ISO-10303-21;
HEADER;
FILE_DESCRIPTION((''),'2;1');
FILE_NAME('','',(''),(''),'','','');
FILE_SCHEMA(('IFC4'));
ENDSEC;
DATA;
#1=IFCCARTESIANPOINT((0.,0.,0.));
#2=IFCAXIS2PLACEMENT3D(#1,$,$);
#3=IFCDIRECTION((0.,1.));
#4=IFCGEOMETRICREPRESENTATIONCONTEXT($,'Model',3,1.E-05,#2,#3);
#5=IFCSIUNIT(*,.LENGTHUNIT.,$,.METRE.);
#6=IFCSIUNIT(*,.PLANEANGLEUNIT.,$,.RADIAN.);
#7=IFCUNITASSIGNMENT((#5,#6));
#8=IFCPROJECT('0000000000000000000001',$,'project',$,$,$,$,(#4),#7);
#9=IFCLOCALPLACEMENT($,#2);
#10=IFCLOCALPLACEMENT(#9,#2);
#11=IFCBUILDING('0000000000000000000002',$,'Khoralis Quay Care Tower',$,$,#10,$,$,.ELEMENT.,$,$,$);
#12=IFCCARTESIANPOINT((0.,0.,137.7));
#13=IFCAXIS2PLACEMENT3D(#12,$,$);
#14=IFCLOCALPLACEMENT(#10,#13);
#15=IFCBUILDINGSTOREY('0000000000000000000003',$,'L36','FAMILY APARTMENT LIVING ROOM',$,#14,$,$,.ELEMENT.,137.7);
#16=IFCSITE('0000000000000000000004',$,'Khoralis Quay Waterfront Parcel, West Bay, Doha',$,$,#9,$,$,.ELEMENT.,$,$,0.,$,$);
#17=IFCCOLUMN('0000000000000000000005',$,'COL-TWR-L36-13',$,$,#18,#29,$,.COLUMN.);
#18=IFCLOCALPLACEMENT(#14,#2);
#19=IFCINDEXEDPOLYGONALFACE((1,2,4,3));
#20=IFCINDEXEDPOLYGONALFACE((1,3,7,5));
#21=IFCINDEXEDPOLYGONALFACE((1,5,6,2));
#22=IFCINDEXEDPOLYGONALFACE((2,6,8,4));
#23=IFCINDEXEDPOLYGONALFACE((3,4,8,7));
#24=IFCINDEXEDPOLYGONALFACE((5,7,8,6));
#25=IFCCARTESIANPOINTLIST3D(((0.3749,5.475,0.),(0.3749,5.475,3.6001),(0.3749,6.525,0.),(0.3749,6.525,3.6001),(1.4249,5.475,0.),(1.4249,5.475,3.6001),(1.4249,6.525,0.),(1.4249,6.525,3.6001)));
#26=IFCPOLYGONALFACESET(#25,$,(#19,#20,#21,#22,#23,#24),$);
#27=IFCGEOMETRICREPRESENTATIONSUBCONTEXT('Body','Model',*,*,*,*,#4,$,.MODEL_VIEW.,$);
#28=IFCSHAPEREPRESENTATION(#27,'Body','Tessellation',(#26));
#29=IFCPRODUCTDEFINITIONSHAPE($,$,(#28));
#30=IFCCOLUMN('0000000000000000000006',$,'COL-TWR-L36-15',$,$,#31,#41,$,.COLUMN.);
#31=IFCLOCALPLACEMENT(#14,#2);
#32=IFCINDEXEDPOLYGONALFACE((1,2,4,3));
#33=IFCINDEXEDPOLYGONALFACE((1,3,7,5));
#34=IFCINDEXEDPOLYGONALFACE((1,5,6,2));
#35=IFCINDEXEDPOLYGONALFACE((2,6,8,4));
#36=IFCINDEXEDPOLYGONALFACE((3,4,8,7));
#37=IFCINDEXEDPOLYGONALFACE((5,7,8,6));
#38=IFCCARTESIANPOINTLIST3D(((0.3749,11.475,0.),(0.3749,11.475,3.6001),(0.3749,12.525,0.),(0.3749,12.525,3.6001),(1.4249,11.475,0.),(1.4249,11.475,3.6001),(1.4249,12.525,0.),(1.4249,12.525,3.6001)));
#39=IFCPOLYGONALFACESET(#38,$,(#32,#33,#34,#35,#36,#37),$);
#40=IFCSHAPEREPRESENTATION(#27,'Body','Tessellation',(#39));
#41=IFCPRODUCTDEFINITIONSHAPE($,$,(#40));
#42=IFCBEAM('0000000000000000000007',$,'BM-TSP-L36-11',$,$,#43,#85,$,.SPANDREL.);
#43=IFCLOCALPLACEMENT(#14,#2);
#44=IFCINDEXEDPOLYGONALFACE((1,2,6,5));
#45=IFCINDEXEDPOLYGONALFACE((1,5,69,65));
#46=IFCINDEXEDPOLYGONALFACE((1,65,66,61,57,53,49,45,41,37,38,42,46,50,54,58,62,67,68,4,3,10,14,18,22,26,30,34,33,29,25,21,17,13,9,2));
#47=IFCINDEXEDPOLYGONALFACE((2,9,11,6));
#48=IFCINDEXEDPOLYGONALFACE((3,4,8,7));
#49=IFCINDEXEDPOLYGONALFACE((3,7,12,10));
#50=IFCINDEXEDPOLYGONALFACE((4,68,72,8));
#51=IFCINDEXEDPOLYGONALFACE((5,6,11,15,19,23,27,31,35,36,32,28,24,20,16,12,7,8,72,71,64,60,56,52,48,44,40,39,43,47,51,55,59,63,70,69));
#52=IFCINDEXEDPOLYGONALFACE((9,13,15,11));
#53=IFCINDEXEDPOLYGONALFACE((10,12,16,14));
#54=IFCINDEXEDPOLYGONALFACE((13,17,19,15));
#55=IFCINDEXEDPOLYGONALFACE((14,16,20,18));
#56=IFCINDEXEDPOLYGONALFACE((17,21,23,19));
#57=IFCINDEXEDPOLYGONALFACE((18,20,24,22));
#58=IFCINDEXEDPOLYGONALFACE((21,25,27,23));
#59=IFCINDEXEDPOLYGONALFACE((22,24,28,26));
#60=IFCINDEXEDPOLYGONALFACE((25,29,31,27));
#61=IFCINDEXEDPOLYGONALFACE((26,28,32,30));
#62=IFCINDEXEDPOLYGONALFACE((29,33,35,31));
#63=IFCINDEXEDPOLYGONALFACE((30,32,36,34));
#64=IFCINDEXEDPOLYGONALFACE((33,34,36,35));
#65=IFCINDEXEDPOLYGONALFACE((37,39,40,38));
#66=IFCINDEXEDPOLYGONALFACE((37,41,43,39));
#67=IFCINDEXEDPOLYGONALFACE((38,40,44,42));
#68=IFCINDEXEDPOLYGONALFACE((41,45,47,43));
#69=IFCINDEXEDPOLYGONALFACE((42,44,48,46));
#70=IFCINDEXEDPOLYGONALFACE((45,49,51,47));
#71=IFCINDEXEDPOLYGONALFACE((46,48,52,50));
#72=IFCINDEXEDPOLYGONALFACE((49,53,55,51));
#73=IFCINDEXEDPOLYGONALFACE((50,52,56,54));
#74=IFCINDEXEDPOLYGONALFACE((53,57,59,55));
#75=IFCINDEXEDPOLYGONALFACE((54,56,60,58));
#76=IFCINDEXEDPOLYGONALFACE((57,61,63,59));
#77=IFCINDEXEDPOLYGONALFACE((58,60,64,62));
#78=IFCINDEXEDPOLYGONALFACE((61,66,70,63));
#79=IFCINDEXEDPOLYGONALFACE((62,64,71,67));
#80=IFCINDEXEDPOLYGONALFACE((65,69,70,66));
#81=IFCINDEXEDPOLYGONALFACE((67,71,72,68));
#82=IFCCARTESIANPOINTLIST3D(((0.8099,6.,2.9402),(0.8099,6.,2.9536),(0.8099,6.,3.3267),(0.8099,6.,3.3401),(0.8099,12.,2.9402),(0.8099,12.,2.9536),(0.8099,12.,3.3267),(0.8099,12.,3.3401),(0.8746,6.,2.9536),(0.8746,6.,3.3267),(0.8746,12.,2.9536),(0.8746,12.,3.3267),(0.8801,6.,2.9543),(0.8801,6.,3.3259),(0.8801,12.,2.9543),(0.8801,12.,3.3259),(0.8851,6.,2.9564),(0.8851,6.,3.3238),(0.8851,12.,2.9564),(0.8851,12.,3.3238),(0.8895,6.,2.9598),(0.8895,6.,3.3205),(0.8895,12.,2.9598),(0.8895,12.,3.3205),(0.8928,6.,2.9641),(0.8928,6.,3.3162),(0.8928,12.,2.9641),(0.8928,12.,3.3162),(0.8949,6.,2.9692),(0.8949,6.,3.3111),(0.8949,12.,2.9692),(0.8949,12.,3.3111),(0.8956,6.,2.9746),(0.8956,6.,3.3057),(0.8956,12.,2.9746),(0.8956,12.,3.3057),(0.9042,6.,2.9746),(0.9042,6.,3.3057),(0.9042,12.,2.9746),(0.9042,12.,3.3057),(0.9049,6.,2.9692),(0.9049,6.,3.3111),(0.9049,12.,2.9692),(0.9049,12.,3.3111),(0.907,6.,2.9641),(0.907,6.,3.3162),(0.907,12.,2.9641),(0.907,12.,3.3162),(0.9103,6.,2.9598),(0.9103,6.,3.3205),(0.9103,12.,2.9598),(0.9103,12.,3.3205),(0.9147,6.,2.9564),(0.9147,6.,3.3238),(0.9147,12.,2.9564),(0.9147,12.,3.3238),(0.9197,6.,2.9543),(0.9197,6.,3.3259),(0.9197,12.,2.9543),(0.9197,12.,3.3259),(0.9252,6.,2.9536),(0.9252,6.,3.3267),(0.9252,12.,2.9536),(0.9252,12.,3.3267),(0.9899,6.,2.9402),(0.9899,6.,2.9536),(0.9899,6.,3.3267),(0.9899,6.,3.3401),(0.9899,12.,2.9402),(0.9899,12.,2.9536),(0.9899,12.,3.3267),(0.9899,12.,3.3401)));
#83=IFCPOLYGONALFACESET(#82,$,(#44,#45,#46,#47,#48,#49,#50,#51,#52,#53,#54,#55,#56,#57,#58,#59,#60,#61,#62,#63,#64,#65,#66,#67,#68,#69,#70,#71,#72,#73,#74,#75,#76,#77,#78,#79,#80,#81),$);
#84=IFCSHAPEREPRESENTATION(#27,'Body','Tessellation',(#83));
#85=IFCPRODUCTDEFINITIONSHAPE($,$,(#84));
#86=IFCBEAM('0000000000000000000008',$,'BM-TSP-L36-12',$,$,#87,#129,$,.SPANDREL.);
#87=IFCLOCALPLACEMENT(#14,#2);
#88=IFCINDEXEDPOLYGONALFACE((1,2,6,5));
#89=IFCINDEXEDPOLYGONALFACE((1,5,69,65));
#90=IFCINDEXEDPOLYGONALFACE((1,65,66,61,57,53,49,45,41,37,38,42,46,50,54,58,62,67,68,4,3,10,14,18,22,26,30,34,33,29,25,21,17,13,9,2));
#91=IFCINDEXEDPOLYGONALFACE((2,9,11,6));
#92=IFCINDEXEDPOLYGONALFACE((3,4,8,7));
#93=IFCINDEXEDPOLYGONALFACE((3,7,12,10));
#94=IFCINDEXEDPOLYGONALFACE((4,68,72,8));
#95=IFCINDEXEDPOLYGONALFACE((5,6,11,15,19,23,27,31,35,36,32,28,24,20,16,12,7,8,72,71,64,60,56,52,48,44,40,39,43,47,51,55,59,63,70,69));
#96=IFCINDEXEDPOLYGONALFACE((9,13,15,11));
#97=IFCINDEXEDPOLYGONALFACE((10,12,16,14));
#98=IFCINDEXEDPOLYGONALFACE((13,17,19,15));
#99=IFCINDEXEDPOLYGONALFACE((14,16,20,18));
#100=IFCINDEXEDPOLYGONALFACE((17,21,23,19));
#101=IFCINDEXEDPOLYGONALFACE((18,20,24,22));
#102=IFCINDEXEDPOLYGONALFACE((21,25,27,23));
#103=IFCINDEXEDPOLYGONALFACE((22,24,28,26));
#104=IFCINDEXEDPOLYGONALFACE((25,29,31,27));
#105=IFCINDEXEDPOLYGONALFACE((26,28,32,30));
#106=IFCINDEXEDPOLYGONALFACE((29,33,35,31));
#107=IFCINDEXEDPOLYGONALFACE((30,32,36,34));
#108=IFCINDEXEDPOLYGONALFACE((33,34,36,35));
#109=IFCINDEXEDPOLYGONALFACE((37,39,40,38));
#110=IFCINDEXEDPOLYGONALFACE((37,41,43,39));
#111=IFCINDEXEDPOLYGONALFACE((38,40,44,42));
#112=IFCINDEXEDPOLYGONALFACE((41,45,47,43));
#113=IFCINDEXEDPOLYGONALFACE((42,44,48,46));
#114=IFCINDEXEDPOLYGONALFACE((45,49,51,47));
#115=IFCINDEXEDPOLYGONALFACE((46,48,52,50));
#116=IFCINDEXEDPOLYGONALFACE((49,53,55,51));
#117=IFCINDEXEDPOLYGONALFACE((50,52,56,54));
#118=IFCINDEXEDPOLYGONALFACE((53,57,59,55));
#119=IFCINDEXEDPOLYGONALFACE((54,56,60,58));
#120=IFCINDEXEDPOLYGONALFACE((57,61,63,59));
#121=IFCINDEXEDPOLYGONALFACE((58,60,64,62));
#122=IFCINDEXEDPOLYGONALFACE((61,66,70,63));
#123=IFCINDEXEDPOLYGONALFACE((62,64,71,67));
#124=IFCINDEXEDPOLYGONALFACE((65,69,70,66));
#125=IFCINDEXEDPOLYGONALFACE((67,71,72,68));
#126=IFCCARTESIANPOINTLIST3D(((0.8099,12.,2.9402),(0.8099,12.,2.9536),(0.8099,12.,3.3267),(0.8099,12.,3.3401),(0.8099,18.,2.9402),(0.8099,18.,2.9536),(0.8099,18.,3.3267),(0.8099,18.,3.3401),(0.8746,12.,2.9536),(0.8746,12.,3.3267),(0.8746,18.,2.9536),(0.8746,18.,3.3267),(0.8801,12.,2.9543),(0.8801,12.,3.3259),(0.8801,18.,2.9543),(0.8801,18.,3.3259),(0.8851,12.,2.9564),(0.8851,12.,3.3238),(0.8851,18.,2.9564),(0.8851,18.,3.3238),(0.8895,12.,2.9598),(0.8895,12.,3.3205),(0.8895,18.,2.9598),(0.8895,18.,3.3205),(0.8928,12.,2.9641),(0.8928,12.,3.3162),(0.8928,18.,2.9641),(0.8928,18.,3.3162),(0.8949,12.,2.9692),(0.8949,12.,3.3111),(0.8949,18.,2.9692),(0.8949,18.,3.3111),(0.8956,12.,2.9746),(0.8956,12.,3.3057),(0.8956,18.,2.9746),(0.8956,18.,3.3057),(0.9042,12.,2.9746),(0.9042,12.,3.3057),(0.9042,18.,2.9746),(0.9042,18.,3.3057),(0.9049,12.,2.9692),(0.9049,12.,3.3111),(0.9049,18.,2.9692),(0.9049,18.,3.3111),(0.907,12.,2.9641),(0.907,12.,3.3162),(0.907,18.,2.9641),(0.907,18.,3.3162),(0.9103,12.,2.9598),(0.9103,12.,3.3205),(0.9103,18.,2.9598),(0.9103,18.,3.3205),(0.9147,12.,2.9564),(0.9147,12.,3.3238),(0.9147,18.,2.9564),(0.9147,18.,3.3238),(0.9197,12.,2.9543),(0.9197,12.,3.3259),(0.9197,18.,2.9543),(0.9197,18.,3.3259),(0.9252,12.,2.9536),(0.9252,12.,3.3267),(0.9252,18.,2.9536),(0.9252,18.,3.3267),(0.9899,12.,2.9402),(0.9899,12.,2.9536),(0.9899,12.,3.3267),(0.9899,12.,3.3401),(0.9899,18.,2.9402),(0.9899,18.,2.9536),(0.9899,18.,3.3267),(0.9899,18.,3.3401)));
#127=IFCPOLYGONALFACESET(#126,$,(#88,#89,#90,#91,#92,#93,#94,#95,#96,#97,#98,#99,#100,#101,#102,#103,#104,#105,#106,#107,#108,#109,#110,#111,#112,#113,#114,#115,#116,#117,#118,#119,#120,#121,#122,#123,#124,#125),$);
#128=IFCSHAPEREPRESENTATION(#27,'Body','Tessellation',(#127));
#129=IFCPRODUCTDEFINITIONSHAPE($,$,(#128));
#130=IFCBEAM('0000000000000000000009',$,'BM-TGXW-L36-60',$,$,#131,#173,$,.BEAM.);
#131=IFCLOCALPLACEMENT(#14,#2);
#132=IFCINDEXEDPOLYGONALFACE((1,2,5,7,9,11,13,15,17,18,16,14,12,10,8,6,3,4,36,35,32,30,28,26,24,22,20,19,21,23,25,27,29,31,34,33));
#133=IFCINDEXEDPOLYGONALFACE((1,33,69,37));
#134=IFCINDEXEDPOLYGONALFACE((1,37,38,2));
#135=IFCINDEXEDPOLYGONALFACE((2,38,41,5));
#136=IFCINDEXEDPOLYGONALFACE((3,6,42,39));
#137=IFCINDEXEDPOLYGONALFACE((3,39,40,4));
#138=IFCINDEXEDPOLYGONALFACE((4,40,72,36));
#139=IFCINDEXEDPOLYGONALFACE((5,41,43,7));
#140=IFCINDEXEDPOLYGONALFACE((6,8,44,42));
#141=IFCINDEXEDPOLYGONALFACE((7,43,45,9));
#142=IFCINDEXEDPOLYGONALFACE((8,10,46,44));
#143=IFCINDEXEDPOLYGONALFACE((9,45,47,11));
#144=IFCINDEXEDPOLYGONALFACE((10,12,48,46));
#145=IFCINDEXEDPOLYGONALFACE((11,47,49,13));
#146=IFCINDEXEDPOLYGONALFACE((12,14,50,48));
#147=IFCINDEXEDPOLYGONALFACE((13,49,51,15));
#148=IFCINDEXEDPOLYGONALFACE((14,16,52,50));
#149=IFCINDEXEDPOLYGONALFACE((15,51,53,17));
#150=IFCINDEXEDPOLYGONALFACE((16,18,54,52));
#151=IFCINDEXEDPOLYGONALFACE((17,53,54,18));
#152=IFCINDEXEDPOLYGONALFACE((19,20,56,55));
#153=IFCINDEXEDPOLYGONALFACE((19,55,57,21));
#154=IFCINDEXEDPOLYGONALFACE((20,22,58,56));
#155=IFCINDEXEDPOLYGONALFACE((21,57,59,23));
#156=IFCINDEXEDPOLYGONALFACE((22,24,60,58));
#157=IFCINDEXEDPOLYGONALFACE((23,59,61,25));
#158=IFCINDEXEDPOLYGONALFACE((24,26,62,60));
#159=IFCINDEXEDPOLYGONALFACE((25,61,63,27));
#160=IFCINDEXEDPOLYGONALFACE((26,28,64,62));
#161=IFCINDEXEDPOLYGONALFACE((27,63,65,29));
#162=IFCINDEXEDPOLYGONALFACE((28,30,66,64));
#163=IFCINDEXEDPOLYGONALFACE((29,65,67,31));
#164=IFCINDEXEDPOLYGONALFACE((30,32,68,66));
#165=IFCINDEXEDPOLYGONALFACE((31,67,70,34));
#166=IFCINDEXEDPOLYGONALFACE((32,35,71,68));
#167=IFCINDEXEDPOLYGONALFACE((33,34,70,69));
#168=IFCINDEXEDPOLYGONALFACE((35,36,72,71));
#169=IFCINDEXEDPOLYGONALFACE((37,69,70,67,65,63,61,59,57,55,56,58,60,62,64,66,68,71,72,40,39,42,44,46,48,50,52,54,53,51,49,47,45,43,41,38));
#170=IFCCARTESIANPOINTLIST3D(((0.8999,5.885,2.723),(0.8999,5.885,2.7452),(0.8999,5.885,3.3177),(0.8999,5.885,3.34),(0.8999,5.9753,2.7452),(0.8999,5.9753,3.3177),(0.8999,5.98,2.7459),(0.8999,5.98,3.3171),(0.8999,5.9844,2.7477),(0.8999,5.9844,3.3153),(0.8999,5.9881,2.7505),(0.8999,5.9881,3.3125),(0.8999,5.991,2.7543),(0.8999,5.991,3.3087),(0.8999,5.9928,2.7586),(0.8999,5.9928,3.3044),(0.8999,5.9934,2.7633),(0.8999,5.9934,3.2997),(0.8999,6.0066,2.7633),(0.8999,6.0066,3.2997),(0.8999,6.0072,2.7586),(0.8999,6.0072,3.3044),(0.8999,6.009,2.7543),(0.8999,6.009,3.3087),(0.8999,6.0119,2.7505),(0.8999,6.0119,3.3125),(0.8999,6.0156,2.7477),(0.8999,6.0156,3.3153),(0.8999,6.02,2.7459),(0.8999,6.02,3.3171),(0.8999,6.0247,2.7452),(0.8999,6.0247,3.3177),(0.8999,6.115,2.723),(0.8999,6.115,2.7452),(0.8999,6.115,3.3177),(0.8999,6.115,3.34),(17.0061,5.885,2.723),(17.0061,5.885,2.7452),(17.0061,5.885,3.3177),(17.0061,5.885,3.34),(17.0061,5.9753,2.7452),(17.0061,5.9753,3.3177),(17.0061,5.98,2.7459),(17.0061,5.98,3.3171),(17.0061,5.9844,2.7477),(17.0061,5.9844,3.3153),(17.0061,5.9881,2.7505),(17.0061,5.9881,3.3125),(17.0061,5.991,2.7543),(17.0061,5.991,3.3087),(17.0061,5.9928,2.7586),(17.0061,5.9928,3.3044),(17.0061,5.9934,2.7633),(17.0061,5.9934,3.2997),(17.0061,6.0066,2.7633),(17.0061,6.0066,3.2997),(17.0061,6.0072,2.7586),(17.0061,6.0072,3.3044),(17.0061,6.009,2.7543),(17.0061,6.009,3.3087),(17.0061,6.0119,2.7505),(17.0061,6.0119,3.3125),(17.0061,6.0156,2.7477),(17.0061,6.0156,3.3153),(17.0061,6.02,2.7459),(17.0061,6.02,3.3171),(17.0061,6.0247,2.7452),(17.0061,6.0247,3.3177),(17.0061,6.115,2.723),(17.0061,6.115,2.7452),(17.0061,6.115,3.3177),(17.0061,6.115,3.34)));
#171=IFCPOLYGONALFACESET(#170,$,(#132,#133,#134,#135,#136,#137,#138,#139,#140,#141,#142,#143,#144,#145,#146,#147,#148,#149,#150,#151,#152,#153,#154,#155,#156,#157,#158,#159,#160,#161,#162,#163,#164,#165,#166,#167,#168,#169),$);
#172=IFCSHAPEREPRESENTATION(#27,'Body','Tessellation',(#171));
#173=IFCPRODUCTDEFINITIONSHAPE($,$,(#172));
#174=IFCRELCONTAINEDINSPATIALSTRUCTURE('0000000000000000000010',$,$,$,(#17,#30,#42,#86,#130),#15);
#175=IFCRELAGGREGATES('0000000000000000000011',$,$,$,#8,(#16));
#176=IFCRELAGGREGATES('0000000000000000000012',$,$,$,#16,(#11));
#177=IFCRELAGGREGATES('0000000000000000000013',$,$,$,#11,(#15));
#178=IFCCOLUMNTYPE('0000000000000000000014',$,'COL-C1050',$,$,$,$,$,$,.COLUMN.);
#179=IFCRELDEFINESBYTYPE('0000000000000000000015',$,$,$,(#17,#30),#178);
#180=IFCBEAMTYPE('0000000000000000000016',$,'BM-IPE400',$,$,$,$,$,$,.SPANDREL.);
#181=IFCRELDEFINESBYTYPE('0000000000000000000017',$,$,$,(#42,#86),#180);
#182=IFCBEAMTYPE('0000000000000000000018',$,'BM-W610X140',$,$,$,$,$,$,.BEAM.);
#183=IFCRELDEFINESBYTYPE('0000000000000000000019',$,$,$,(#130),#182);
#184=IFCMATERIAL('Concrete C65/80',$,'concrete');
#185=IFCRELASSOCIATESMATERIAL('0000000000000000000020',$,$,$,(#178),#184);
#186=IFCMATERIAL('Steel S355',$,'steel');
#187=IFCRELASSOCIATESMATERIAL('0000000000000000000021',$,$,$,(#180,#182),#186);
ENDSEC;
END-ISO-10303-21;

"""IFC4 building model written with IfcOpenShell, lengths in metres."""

from ifc_helpers import new_model, si_unit, direction, frame, origin, origin_2d, place, context, subcontext, project, spatial, rectangle, i_section, extrude, source, transform, mapped, material, material_profile, profile_set, type_object, element, save


model = new_model("IFC4")

# Units and contexts
model_context = context("Model", 3, precision=1e-05, world=origin(), true_north=direction((0.0, 1.0)))
body_context = subcontext(model_context, "Body", "Model", "MODEL_VIEW")
ifc_project = project(units=[si_unit("LENGTHUNIT", "METRE"), si_unit("PLANEANGLEUNIT", "RADIAN")], contexts=[model_context])

# Site, building, storey
site_placement = place(None, origin())
site = spatial("IfcSite", under=ifc_project, at=site_placement, Name="Khoralis Quay Waterfront Parcel, West Bay, Doha", CompositionType="ELEMENT", RefElevation=0.0)
building_placement = place(site_placement, origin())
building = spatial("IfcBuilding", under=site, at=building_placement, Name="Khoralis Quay Care Tower", CompositionType="ELEMENT")
storey_placement = place(building_placement, frame((0.0, 0.0, 137.7)))
storey = spatial("IfcBuildingStorey", under=building, at=storey_placement, Name="L36", Description="FAMILY APARTMENT LIVING ROOM", CompositionType="ELEMENT", Elevation=137.7)

# Columns
ifc_material_1 = material(Name="Concrete C65/80", Category="concrete")
ifc_material_profile_1 = material_profile(ifc_material_1, rectangle(XDim=1.05, YDim=1.05, at=origin_2d()), Name="Concrete C65/80")
ifc_profile_set_1 = profile_set([ifc_material_profile_1], Name="Concrete C65/80")
column_type = type_object("IfcColumnType", Name="COL-C1050", PredefinedType="COLUMN", material=ifc_profile_set_1)
shared_shape_1 = source(origin(), body_context, "Body", "SweptSolid", [
    extrude(rectangle(XDim=1.05, YDim=1.05, at=origin_2d()), origin(), (0.0, 0.0, 1.0), 3.6001),
])
for number, where, z_axis, x_axis, name in (
    (1, (0.8999, 6.0, 0.0), (0.0, 0.0, 1.0), (1.0, 0.0, 0.0), "COL-TWR-L36-13"),
    (2, (0.8999, 12.0, 0.0), (0.0, 0.0, 1.0), (1.0, 0.0, 0.0), "COL-TWR-L36-15"),
):
    element("IfcColumn", number, at=place(storey_placement, frame(where, z_axis=z_axis, x_axis=x_axis)), inside=storey, type_object=column_type, Name=name, PredefinedType="COLUMN", context=body_context, shape_type="MappedRepresentation", body=[
        mapped(shared_shape_1, transform((0.0, 0.0, 0.0), scale=1.0)),
    ])

# Beams
ifc_material_2 = material(Name="Steel S355", Category="steel")
ifc_material_profile_2 = material_profile(ifc_material_2, i_section(OverallWidth=0.1799, OverallDepth=0.3999, WebThickness=0.0085, FlangeThickness=0.0134, FilletRadius=0.021, at=origin_2d()), Name="Steel S355")
ifc_profile_set_2 = profile_set([ifc_material_profile_2], Name="Steel S355")
beam_type_1 = type_object("IfcBeamType", Name="BM-IPE400", PredefinedType="SPANDREL", material=ifc_profile_set_2)
shared_shape_2 = source(origin(), body_context, "Body", "SweptSolid", [
    extrude(i_section(OverallWidth=0.1799, OverallDepth=0.3999, WebThickness=0.0085, FlangeThickness=0.0134, FilletRadius=0.021, at=origin_2d()), origin(), (0.0, 0.0, 1.0), 6.0),
])
for number, where, z_axis, x_axis, name in (
    (3, (0.8999, 6.0, 3.1401), (0.0, 1.0, 0.0), (-1.0, 0.0, 0.0), "BM-TSP-L36-11"),
    (4, (0.8999, 12.0, 3.1401), (0.0, 1.0, 0.0), (-1.0, 0.0, 0.0), "BM-TSP-L36-12"),
):
    element("IfcBeam", number, at=place(storey_placement, frame(where, z_axis=z_axis, x_axis=x_axis)), inside=storey, type_object=beam_type_1, Name=name, PredefinedType="SPANDREL", context=body_context, shape_type="MappedRepresentation", body=[
        mapped(shared_shape_2, transform((0.0, 0.0, 0.0), scale=1.0)),
    ])
ifc_material_profile_3 = material_profile(ifc_material_2, i_section(OverallWidth=0.23, OverallDepth=0.6169, WebThickness=0.0132, FlangeThickness=0.0222, FilletRadius=0.0181, at=origin_2d()), Name="Steel S355")
ifc_profile_set_3 = profile_set([ifc_material_profile_3], Name="Steel S355")
beam_type_2 = type_object("IfcBeamType", Name="BM-W610X140", PredefinedType="BEAM", material=ifc_profile_set_3)
shared_shape_3 = source(origin(), body_context, "Body", "SweptSolid", [
    extrude(i_section(OverallWidth=0.23, OverallDepth=0.6169, WebThickness=0.0132, FlangeThickness=0.0222, FilletRadius=0.0181, at=origin_2d()), origin(), (0.0, 0.0, 1.0), 16.1062),
])
beam_1_placement = place(storey_placement, frame((0.8999, 6.0, 3.0315), z_axis=(1.0, 0.0, 0.0), x_axis=(0.0, 1.0, 0.0)))
element("IfcBeam", 5, at=beam_1_placement, inside=storey, type_object=beam_type_2, Name="BM-TGXW-L36-60", PredefinedType="BEAM", context=body_context, shape_type="MappedRepresentation", body=[
    mapped(shared_shape_3, transform((0.0, 0.0, 0.0), scale=1.0)),
])

save(model, "model.ifc")
